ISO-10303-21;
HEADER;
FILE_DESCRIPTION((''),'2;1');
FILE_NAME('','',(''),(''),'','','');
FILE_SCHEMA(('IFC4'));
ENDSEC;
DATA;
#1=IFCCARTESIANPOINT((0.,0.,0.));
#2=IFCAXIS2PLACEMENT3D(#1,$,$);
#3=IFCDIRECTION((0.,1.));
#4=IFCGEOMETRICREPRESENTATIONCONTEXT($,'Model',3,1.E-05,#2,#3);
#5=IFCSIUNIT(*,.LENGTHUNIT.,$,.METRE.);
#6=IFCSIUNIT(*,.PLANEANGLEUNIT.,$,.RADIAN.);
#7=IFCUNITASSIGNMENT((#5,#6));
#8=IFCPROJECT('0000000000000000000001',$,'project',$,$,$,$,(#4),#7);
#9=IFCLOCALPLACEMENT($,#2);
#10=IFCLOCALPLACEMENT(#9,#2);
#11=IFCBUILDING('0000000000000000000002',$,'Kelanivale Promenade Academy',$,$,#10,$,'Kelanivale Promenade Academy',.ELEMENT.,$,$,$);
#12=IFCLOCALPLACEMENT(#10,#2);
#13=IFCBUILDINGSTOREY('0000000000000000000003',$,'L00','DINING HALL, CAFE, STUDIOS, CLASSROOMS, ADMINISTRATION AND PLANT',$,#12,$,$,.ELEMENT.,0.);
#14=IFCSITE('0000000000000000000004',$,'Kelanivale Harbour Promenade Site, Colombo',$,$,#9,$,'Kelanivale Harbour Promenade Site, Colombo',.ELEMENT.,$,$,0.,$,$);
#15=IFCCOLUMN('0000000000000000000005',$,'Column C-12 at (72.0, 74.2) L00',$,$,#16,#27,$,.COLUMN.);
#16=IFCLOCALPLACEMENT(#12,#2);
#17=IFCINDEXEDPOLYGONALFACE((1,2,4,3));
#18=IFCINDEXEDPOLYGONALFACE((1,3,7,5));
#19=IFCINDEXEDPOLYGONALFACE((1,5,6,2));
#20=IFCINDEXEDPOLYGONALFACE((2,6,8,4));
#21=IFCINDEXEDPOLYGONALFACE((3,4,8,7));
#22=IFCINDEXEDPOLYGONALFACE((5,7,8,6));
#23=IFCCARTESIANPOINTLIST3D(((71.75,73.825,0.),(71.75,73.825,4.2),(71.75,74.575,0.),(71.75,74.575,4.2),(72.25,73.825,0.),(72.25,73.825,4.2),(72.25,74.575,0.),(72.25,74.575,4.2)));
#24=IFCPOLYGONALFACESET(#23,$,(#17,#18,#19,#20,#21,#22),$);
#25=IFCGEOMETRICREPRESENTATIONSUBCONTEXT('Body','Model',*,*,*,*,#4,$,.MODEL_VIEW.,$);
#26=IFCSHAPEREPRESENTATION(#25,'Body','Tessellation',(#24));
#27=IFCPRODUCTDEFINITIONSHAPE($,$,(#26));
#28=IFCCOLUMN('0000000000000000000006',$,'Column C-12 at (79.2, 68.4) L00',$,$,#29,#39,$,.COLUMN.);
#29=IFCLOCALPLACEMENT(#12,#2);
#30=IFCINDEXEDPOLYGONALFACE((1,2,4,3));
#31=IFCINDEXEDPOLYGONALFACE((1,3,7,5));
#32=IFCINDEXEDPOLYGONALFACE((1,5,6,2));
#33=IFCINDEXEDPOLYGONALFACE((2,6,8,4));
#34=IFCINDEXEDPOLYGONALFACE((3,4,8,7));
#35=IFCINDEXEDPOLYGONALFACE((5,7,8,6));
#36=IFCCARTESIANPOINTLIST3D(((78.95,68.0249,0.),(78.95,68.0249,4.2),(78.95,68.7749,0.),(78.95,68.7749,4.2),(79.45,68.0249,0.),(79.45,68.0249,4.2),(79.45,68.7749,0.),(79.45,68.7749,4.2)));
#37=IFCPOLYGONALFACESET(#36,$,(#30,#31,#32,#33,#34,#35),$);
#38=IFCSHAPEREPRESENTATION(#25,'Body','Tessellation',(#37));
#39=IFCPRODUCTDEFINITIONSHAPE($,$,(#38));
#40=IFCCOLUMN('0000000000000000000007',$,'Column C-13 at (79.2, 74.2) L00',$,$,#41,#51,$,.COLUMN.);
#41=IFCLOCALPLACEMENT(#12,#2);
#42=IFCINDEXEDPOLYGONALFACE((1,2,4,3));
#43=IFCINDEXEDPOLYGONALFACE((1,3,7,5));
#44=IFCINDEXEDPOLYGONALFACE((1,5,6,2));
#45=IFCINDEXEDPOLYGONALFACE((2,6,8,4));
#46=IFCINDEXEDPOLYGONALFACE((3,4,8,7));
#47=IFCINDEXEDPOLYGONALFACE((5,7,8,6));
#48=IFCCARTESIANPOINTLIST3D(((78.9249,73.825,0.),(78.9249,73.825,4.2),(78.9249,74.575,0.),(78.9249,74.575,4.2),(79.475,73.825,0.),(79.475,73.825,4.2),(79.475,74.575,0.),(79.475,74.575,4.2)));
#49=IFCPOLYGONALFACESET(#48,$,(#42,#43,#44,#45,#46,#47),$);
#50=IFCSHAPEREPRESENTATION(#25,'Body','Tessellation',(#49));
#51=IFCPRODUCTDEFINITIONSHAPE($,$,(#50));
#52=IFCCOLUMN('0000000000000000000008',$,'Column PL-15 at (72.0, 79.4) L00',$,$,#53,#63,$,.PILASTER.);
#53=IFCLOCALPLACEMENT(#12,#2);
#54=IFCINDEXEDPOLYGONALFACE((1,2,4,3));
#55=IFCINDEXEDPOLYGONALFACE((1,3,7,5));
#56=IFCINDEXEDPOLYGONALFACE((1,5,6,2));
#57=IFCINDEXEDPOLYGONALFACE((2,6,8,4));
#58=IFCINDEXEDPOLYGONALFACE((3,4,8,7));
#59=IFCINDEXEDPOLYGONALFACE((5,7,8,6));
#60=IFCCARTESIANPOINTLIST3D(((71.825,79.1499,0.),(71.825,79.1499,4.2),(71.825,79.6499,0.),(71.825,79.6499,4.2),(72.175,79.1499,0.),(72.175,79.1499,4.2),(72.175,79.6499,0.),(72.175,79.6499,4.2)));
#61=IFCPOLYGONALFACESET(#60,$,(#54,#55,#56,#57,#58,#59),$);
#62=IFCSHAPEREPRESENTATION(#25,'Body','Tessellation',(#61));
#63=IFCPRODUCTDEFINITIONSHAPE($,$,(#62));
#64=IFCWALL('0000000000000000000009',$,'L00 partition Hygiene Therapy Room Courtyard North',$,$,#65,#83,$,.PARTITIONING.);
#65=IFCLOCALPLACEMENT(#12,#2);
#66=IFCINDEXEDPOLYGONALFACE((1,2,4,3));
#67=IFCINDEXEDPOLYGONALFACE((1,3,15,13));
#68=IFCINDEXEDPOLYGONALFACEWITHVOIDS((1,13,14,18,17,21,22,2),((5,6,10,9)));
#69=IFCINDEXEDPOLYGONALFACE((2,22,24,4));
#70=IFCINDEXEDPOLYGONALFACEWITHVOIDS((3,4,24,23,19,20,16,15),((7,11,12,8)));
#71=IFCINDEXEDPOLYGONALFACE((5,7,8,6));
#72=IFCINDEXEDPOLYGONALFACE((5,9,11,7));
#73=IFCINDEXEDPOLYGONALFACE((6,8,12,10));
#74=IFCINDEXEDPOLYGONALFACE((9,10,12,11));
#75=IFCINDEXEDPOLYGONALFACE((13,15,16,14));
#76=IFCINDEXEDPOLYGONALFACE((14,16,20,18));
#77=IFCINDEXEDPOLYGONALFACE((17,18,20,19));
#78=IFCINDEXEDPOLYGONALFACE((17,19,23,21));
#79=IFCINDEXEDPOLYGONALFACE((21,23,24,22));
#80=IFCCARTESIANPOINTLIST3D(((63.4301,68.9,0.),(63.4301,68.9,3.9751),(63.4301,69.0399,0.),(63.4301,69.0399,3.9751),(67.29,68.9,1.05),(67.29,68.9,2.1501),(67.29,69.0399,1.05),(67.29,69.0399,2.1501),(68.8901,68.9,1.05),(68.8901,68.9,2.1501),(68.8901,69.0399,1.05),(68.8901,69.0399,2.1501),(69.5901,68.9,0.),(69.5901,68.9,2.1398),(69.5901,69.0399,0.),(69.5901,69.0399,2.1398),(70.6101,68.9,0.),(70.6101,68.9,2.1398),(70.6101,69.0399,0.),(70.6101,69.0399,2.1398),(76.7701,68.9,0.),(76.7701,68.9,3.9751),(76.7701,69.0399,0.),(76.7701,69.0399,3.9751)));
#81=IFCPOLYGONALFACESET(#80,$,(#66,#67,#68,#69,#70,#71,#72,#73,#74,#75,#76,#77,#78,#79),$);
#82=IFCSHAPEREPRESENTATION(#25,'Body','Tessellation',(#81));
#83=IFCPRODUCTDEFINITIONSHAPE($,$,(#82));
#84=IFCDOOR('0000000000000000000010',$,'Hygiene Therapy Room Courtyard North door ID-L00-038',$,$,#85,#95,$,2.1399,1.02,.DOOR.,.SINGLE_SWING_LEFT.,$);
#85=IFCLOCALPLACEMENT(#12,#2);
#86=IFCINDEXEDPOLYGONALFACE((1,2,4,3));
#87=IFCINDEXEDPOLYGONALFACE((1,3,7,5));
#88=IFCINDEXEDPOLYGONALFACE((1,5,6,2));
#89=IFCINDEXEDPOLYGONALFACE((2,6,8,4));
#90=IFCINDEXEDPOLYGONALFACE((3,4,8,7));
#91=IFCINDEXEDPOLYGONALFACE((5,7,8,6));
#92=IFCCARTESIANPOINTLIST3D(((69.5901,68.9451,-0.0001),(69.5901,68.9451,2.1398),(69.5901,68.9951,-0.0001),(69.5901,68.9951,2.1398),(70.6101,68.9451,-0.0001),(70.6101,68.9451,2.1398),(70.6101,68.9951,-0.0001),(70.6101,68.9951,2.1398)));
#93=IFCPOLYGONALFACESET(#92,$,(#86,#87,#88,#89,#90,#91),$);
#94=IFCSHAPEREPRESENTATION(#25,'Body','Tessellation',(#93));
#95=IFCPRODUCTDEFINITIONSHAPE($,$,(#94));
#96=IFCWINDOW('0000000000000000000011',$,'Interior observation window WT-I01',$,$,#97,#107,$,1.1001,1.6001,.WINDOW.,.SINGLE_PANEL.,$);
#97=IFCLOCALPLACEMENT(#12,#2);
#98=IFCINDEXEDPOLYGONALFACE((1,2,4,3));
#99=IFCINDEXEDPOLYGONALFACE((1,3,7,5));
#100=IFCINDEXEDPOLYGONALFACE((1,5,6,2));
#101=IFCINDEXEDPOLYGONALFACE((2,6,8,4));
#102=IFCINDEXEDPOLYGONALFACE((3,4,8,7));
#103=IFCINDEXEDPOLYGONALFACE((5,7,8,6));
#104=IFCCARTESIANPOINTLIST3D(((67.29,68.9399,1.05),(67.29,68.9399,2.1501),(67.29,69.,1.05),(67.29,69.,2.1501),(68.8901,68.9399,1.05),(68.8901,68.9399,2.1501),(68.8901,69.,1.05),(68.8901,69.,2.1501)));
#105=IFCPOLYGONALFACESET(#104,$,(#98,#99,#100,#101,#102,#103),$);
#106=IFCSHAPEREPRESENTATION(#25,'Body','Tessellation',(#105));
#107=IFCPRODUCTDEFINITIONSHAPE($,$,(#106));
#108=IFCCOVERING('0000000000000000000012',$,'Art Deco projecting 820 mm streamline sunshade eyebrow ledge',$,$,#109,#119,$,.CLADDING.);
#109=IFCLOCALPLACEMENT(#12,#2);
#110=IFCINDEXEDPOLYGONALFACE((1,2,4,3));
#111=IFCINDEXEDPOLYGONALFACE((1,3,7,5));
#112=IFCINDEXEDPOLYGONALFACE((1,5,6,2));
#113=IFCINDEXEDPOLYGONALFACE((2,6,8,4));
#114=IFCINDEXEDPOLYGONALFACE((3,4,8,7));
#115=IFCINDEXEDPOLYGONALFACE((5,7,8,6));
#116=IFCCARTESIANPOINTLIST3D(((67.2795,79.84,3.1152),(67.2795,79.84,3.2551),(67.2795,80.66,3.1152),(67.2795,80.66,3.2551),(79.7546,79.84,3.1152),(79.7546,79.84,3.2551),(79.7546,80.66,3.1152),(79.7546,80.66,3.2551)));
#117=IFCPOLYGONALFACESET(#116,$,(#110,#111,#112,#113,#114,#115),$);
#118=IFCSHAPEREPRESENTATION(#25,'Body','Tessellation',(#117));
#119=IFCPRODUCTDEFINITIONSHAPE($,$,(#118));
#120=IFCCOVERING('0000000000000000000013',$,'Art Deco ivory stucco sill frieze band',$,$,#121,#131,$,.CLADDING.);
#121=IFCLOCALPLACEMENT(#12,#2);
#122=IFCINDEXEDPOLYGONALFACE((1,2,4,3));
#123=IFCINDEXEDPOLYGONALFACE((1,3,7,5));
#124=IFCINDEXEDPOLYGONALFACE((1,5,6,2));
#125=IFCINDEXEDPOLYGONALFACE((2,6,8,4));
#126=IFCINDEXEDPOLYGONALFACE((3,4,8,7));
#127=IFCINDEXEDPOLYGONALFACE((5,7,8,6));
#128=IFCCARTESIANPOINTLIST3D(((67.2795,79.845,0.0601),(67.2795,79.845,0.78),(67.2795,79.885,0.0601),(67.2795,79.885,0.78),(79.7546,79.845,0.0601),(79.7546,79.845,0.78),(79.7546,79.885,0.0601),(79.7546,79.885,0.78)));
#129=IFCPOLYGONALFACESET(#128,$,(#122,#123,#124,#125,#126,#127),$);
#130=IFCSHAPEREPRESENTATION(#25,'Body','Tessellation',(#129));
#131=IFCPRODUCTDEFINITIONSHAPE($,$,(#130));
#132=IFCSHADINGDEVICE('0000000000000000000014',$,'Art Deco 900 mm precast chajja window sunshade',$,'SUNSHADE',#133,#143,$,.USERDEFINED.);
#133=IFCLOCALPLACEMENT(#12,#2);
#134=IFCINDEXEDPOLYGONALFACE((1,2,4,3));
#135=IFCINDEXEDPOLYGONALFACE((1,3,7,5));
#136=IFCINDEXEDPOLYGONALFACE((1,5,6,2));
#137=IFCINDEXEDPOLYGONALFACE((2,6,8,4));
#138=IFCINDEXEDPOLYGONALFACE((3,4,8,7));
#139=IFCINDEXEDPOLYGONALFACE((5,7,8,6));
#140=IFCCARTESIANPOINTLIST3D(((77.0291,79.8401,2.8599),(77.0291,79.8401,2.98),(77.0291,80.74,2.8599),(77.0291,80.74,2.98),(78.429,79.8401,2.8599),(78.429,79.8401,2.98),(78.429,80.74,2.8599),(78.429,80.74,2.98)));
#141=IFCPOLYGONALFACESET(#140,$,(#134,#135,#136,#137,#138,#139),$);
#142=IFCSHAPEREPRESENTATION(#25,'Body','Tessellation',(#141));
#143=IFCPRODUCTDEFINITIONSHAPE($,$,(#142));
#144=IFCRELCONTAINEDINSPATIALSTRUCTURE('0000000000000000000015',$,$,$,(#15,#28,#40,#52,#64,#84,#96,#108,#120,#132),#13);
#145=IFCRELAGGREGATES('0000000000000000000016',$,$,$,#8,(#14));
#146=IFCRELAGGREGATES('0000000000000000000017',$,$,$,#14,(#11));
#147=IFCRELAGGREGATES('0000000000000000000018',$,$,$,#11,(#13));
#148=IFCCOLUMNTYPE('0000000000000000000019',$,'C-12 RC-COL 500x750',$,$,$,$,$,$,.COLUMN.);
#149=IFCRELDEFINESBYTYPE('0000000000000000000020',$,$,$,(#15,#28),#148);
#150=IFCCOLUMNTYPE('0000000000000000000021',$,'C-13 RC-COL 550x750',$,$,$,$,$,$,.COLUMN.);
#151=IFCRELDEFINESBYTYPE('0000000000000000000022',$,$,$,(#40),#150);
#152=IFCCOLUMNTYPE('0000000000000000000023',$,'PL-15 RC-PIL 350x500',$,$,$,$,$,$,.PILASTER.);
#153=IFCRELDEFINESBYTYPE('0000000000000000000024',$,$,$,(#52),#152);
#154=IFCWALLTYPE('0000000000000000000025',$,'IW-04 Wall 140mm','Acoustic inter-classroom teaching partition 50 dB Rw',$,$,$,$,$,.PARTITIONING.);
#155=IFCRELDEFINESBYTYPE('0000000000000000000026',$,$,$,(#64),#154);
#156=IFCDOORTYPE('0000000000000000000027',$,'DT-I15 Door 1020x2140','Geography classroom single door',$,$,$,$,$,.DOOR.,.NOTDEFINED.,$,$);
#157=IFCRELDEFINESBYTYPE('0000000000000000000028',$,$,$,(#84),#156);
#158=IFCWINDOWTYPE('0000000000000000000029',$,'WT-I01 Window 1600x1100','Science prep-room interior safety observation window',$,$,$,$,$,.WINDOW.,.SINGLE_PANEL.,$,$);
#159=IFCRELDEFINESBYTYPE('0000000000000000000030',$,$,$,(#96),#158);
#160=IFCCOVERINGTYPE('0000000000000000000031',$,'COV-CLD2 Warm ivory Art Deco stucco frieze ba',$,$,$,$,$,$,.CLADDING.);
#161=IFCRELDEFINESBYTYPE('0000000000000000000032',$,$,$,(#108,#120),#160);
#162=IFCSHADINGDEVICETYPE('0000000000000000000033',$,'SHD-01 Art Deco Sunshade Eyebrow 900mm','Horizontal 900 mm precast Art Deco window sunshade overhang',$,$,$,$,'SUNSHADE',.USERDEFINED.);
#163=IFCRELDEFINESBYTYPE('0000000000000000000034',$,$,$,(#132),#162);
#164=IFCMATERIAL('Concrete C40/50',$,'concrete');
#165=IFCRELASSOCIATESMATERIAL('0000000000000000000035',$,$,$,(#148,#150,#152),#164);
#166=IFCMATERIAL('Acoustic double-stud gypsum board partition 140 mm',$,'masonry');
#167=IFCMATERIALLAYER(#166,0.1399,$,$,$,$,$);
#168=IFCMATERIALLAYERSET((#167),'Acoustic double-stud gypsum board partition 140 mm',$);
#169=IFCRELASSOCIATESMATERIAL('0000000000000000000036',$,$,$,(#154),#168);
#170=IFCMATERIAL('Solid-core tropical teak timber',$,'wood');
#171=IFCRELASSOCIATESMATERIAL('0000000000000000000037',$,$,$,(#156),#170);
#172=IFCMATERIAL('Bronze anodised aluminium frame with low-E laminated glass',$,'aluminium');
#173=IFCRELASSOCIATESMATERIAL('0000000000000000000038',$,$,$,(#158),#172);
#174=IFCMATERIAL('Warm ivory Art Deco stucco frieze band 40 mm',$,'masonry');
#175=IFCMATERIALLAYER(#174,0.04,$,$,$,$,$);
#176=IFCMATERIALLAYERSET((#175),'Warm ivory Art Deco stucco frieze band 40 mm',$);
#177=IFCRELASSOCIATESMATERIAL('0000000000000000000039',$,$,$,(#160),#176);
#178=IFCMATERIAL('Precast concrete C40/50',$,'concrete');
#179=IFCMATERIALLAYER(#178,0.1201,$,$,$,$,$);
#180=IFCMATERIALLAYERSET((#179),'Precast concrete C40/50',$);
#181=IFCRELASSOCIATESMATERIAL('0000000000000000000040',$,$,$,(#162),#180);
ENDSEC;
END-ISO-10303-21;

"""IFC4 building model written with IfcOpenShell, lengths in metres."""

from ifc_helpers import new_model, si_unit, direction, frame, frame_2d, origin, origin_2d, place, context, subcontext, project, spatial, rectangle, extrude, material, layer, layer_set, material_profile, profile_set, type_object, element, fill, save


model = new_model("IFC4")

# Units and contexts
model_context = context("Model", 3, precision=1e-05, world=origin(), true_north=direction((0.0, 1.0)))
body_context = subcontext(model_context, "Body", "Model", "MODEL_VIEW")
ifc_project = project(units=[si_unit("LENGTHUNIT", "METRE"), si_unit("PLANEANGLEUNIT", "RADIAN")], contexts=[model_context])

# Site, building, storey
site_placement = place(None, origin())
site = spatial("IfcSite", under=ifc_project, at=site_placement, Name="Kelanivale Harbour Promenade Site, Colombo", LongName="Kelanivale Harbour Promenade Site, Colombo", CompositionType="ELEMENT", RefElevation=0.0)
building_placement = place(site_placement, origin())
building = spatial("IfcBuilding", under=site, at=building_placement, Name="Kelanivale Promenade Academy", LongName="Kelanivale Promenade Academy", CompositionType="ELEMENT")
storey_placement = place(building_placement, origin())
storey = spatial("IfcBuildingStorey", under=building, at=storey_placement, Name="L00", Description="DINING HALL, CAFE, STUDIOS, CLASSROOMS, ADMINISTRATION AND PLANT", CompositionType="ELEMENT", Elevation=0.0)

# Columns
ifc_material_1 = material(Name="Concrete C40/50", Category="concrete")
ifc_material_profile_1 = material_profile(ifc_material_1, rectangle(XDim=0.5, YDim=0.75, at=origin_2d()), Name="RC-COL 500x750")
ifc_profile_set_1 = profile_set([ifc_material_profile_1], Name="Concrete C40/50")
column_type_1 = type_object("IfcColumnType", Name="C-12 RC-COL 500x750", PredefinedType="COLUMN", material=ifc_profile_set_1)
for number, where, z_axis, x_axis, name in (
    (1, (72.0, 74.2, 0.0), (0.0, 0.0, 1.0), (1.0, 0.0, 0.0), "Column C-12 at (72.0, 74.2) L00"),
    (2, (79.2, 68.3999, 0.0), (0.0, 0.0, 1.0), (1.0, 0.0, 0.0), "Column C-12 at (79.2, 68.4) L00"),
):
    element("IfcColumn", number, at=place(storey_placement, frame(where, z_axis=z_axis, x_axis=x_axis)), inside=storey, type_object=column_type_1, Name=name, PredefinedType="COLUMN", context=body_context, shape_type="SweptSolid", body=[
        extrude(rectangle(XDim=0.5, YDim=0.75, at=origin_2d()), origin(), (0.0, 0.0, 1.0), 4.2),
    ])
ifc_material_profile_2 = material_profile(ifc_material_1, rectangle(XDim=0.55, YDim=0.75, at=origin_2d()), Name="RC-COL 550x750")
ifc_profile_set_2 = profile_set([ifc_material_profile_2], Name="Concrete C40/50")
column_type_2 = type_object("IfcColumnType", Name="C-13 RC-COL 550x750", PredefinedType="COLUMN", material=ifc_profile_set_2)
column_1_placement = place(storey_placement, frame((79.2, 74.2, 0.0), z_axis=(0.0, 0.0, 1.0), x_axis=(1.0, 0.0, 0.0)))
element("IfcColumn", 3, at=column_1_placement, inside=storey, type_object=column_type_2, Name="Column C-13 at (79.2, 74.2) L00", PredefinedType="COLUMN", context=body_context, shape_type="SweptSolid", body=[
    extrude(rectangle(XDim=0.55, YDim=0.75, at=origin_2d()), origin(), (0.0, 0.0, 1.0), 4.2),
])
ifc_material_profile_3 = material_profile(ifc_material_1, rectangle(XDim=0.3501, YDim=0.5, at=origin_2d()), Name="RC-PIL 350x500")
ifc_profile_set_3 = profile_set([ifc_material_profile_3], Name="Concrete C40/50")
column_type_3 = type_object("IfcColumnType", Name="PL-15 RC-PIL 350x500", PredefinedType="PILASTER", material=ifc_profile_set_3)
column_2_placement = place(storey_placement, frame((72.0, 79.3999, 0.0), z_axis=(0.0, 0.0, 1.0), x_axis=(1.0, 0.0, 0.0)))
element("IfcColumn", 4, at=column_2_placement, inside=storey, type_object=column_type_3, Name="Column PL-15 at (72.0, 79.4) L00", PredefinedType="PILASTER", context=body_context, shape_type="SweptSolid", body=[
    extrude(rectangle(XDim=0.3501, YDim=0.5, at=origin_2d()), origin(), (0.0, 0.0, 1.0), 4.2),
])

# Wall, openings, door, window
ifc_material_2 = material(Name="Acoustic double-stud gypsum board partition 140 mm", Category="masonry")
ifc_layer_1 = layer(ifc_material_2, 0.1399)
ifc_layer_set_1 = layer_set([ifc_layer_1], Name="Acoustic double-stud gypsum board partition 140 mm")
wall_type_1 = type_object("IfcWallType", Name="IW-04 Wall 140mm", Description="Acoustic inter-classroom teaching partition 50 dB Rw", PredefinedType="PARTITIONING", material=ifc_layer_set_1)
wall_1_placement = place(storey_placement, frame((76.77, 68.97, 0.0), z_axis=(0.0, 0.0, 1.0), x_axis=(-1.0, 0.0, 0.0)))
wall_1 = element("IfcWall", 5, at=wall_1_placement, inside=storey, type_object=wall_type_1, Name="L00 partition Hygiene Therapy Room Courtyard North", PredefinedType="PARTITIONING", context=body_context, shape_type="SweptSolid", body=[
    extrude(rectangle(XDim=13.3401, YDim=0.1399, at=frame_2d((6.6699, 0.0))), origin(), (0.0, 0.0, 1.0), 3.9751),
])
opening_1_placement = place(wall_1_placement, frame((6.1599, 0.0, 0.0)))
opening_1 = element("IfcOpeningElement", 6, at=opening_1_placement, cuts=wall_1, PredefinedType="OPENING", context=body_context, shape_type="SweptSolid", body=[
    extrude(rectangle(XDim=1.02, YDim=2.1399, at=frame_2d((0.51, 1.0698))), frame((0.0, 0.0801, 0.0), z_axis=(0.0, -1.0, 0.0), x_axis=(1.0, 0.0, 0.0)), (0.0, 0.0, 1.0), 0.1599),
])
opening_2_placement = place(wall_1_placement, frame((7.8799, 0.0, 1.05)))
opening_2 = element("IfcOpeningElement", 7, at=opening_2_placement, cuts=wall_1, PredefinedType="OPENING", context=body_context, shape_type="SweptSolid", body=[
    extrude(rectangle(XDim=1.6001, YDim=1.1001, at=frame_2d((0.8, 0.55))), frame((0.0, 0.0801, 0.0), z_axis=(0.0, -1.0, 0.0), x_axis=(1.0, 0.0, 0.0)), (0.0, 0.0, 1.0), 0.1599),
])
ifc_material_3 = material(Name="Solid-core tropical teak timber", Category="wood")
door_type_1 = type_object("IfcDoorType", Name="DT-I15 Door 1020x2140", Description="Geography classroom single door", OperationType="NOTDEFINED", PredefinedType="DOOR", material=ifc_material_3)
door_1_placement = place(opening_1_placement, origin())
door_1 = element("IfcDoor", 8, at=door_1_placement, inside=storey, type_object=door_type_1, Name="Hygiene Therapy Room Courtyard North door ID-L00-038", OperationType="SINGLE_SWING_LEFT", OverallHeight=2.1399, OverallWidth=1.02, PredefinedType="DOOR", context=body_context, shape_type="SweptSolid", body=[
    extrude(rectangle(XDim=1.02, YDim=2.1399, at=frame_2d((0.51, 1.0698))), frame((0.0, 0.0249, 0.0), z_axis=(0.0, -1.0, 0.0), x_axis=(1.0, 0.0, 0.0)), (0.0, 0.0, 1.0), 0.05),
])
fill(opening_1, door_1)
ifc_material_4 = material(Name="Bronze anodised aluminium frame with low-E laminated glass", Category="aluminium")
window_type = type_object("IfcWindowType", Name="WT-I01 Window 1600x1100", Description="Science prep-room interior safety observation window", PartitioningType="SINGLE_PANEL", PredefinedType="WINDOW", material=ifc_material_4)
window_placement = place(opening_2_placement, origin())
window = element("IfcWindow", 9, at=window_placement, inside=storey, type_object=window_type, Name="Interior observation window WT-I01", OverallHeight=1.1001, OverallWidth=1.6001, PartitioningType="SINGLE_PANEL", PredefinedType="WINDOW", context=body_context, shape_type="SweptSolid", body=[
    extrude(rectangle(XDim=1.6001, YDim=1.1001, at=frame_2d((0.8, 0.55))), frame((0.0, 0.03, 0.0), z_axis=(0.0, -1.0, 0.0), x_axis=(1.0, 0.0, 0.0)), (0.0, 0.0, 1.0), 0.0601),
])
fill(opening_2, window)

# Coverings
ifc_material_5 = material(Name="Warm ivory Art Deco stucco frieze band 40 mm", Category="masonry")
ifc_layer_2 = layer(ifc_material_5, 0.04)
ifc_layer_set_2 = layer_set([ifc_layer_2], Name="Warm ivory Art Deco stucco frieze band 40 mm")
covering_type = type_object("IfcCoveringType", Name="COV-CLD2 Warm ivory Art Deco stucco frieze ba", PredefinedType="CLADDING", material=ifc_layer_set_2)
covering_1_placement = place(storey_placement, frame((73.5171, 80.25, 3.1152), z_axis=(0.0, 0.0, 1.0), x_axis=(-1.0, 0.0, 0.0)))
element("IfcCovering", 10, at=covering_1_placement, inside=storey, type_object=covering_type, Name="Art Deco projecting 820 mm streamline sunshade eyebrow ledge", PredefinedType="CLADDING", context=body_context, shape_type="SweptSolid", body=[
    extrude(rectangle(XDim=12.4751, YDim=0.8201, at=origin_2d()), origin(), (0.0, 0.0, 1.0), 0.1399),
])
covering_2_placement = place(storey_placement, frame((73.5171, 79.865, 0.0601), z_axis=(0.0, 0.0, 1.0), x_axis=(-1.0, 0.0, 0.0)))
element("IfcCovering", 11, at=covering_2_placement, inside=storey, type_object=covering_type, Name="Art Deco ivory stucco sill frieze band", PredefinedType="CLADDING", context=body_context, shape_type="SweptSolid", body=[
    extrude(rectangle(XDim=12.4751, YDim=0.04, at=origin_2d()), origin(), (0.0, 0.0, 1.0), 0.72),
])

# Shading device
ifc_material_6 = material(Name="Precast concrete C40/50", Category="concrete")
ifc_layer_3 = layer(ifc_material_6, 0.1201)
ifc_layer_set_3 = layer_set([ifc_layer_3], Name="Precast concrete C40/50")
shading_device_type = type_object("IfcShadingDeviceType", Name="SHD-01 Art Deco Sunshade Eyebrow 900mm", Description="Horizontal 900 mm precast Art Deco window sunshade overhang", ElementType="SUNSHADE", PredefinedType="USERDEFINED", material=ifc_layer_set_3)
shading_device_placement = place(storey_placement, frame((77.729, 80.29, 2.8599), z_axis=(0.0, 0.0, 1.0), x_axis=(-1.0, 0.0, 0.0)))
element("IfcShadingDevice", 12, at=shading_device_placement, inside=storey, type_object=shading_device_type, Name="Art Deco 900 mm precast chajja window sunshade", ObjectType="SUNSHADE", PredefinedType="USERDEFINED", context=body_context, shape_type="SweptSolid", body=[
    extrude(rectangle(XDim=1.3999, YDim=0.8999, at=origin_2d()), origin(), (0.0, 0.0, 1.0), 0.1201),
])

save(model, "model.ifc")
